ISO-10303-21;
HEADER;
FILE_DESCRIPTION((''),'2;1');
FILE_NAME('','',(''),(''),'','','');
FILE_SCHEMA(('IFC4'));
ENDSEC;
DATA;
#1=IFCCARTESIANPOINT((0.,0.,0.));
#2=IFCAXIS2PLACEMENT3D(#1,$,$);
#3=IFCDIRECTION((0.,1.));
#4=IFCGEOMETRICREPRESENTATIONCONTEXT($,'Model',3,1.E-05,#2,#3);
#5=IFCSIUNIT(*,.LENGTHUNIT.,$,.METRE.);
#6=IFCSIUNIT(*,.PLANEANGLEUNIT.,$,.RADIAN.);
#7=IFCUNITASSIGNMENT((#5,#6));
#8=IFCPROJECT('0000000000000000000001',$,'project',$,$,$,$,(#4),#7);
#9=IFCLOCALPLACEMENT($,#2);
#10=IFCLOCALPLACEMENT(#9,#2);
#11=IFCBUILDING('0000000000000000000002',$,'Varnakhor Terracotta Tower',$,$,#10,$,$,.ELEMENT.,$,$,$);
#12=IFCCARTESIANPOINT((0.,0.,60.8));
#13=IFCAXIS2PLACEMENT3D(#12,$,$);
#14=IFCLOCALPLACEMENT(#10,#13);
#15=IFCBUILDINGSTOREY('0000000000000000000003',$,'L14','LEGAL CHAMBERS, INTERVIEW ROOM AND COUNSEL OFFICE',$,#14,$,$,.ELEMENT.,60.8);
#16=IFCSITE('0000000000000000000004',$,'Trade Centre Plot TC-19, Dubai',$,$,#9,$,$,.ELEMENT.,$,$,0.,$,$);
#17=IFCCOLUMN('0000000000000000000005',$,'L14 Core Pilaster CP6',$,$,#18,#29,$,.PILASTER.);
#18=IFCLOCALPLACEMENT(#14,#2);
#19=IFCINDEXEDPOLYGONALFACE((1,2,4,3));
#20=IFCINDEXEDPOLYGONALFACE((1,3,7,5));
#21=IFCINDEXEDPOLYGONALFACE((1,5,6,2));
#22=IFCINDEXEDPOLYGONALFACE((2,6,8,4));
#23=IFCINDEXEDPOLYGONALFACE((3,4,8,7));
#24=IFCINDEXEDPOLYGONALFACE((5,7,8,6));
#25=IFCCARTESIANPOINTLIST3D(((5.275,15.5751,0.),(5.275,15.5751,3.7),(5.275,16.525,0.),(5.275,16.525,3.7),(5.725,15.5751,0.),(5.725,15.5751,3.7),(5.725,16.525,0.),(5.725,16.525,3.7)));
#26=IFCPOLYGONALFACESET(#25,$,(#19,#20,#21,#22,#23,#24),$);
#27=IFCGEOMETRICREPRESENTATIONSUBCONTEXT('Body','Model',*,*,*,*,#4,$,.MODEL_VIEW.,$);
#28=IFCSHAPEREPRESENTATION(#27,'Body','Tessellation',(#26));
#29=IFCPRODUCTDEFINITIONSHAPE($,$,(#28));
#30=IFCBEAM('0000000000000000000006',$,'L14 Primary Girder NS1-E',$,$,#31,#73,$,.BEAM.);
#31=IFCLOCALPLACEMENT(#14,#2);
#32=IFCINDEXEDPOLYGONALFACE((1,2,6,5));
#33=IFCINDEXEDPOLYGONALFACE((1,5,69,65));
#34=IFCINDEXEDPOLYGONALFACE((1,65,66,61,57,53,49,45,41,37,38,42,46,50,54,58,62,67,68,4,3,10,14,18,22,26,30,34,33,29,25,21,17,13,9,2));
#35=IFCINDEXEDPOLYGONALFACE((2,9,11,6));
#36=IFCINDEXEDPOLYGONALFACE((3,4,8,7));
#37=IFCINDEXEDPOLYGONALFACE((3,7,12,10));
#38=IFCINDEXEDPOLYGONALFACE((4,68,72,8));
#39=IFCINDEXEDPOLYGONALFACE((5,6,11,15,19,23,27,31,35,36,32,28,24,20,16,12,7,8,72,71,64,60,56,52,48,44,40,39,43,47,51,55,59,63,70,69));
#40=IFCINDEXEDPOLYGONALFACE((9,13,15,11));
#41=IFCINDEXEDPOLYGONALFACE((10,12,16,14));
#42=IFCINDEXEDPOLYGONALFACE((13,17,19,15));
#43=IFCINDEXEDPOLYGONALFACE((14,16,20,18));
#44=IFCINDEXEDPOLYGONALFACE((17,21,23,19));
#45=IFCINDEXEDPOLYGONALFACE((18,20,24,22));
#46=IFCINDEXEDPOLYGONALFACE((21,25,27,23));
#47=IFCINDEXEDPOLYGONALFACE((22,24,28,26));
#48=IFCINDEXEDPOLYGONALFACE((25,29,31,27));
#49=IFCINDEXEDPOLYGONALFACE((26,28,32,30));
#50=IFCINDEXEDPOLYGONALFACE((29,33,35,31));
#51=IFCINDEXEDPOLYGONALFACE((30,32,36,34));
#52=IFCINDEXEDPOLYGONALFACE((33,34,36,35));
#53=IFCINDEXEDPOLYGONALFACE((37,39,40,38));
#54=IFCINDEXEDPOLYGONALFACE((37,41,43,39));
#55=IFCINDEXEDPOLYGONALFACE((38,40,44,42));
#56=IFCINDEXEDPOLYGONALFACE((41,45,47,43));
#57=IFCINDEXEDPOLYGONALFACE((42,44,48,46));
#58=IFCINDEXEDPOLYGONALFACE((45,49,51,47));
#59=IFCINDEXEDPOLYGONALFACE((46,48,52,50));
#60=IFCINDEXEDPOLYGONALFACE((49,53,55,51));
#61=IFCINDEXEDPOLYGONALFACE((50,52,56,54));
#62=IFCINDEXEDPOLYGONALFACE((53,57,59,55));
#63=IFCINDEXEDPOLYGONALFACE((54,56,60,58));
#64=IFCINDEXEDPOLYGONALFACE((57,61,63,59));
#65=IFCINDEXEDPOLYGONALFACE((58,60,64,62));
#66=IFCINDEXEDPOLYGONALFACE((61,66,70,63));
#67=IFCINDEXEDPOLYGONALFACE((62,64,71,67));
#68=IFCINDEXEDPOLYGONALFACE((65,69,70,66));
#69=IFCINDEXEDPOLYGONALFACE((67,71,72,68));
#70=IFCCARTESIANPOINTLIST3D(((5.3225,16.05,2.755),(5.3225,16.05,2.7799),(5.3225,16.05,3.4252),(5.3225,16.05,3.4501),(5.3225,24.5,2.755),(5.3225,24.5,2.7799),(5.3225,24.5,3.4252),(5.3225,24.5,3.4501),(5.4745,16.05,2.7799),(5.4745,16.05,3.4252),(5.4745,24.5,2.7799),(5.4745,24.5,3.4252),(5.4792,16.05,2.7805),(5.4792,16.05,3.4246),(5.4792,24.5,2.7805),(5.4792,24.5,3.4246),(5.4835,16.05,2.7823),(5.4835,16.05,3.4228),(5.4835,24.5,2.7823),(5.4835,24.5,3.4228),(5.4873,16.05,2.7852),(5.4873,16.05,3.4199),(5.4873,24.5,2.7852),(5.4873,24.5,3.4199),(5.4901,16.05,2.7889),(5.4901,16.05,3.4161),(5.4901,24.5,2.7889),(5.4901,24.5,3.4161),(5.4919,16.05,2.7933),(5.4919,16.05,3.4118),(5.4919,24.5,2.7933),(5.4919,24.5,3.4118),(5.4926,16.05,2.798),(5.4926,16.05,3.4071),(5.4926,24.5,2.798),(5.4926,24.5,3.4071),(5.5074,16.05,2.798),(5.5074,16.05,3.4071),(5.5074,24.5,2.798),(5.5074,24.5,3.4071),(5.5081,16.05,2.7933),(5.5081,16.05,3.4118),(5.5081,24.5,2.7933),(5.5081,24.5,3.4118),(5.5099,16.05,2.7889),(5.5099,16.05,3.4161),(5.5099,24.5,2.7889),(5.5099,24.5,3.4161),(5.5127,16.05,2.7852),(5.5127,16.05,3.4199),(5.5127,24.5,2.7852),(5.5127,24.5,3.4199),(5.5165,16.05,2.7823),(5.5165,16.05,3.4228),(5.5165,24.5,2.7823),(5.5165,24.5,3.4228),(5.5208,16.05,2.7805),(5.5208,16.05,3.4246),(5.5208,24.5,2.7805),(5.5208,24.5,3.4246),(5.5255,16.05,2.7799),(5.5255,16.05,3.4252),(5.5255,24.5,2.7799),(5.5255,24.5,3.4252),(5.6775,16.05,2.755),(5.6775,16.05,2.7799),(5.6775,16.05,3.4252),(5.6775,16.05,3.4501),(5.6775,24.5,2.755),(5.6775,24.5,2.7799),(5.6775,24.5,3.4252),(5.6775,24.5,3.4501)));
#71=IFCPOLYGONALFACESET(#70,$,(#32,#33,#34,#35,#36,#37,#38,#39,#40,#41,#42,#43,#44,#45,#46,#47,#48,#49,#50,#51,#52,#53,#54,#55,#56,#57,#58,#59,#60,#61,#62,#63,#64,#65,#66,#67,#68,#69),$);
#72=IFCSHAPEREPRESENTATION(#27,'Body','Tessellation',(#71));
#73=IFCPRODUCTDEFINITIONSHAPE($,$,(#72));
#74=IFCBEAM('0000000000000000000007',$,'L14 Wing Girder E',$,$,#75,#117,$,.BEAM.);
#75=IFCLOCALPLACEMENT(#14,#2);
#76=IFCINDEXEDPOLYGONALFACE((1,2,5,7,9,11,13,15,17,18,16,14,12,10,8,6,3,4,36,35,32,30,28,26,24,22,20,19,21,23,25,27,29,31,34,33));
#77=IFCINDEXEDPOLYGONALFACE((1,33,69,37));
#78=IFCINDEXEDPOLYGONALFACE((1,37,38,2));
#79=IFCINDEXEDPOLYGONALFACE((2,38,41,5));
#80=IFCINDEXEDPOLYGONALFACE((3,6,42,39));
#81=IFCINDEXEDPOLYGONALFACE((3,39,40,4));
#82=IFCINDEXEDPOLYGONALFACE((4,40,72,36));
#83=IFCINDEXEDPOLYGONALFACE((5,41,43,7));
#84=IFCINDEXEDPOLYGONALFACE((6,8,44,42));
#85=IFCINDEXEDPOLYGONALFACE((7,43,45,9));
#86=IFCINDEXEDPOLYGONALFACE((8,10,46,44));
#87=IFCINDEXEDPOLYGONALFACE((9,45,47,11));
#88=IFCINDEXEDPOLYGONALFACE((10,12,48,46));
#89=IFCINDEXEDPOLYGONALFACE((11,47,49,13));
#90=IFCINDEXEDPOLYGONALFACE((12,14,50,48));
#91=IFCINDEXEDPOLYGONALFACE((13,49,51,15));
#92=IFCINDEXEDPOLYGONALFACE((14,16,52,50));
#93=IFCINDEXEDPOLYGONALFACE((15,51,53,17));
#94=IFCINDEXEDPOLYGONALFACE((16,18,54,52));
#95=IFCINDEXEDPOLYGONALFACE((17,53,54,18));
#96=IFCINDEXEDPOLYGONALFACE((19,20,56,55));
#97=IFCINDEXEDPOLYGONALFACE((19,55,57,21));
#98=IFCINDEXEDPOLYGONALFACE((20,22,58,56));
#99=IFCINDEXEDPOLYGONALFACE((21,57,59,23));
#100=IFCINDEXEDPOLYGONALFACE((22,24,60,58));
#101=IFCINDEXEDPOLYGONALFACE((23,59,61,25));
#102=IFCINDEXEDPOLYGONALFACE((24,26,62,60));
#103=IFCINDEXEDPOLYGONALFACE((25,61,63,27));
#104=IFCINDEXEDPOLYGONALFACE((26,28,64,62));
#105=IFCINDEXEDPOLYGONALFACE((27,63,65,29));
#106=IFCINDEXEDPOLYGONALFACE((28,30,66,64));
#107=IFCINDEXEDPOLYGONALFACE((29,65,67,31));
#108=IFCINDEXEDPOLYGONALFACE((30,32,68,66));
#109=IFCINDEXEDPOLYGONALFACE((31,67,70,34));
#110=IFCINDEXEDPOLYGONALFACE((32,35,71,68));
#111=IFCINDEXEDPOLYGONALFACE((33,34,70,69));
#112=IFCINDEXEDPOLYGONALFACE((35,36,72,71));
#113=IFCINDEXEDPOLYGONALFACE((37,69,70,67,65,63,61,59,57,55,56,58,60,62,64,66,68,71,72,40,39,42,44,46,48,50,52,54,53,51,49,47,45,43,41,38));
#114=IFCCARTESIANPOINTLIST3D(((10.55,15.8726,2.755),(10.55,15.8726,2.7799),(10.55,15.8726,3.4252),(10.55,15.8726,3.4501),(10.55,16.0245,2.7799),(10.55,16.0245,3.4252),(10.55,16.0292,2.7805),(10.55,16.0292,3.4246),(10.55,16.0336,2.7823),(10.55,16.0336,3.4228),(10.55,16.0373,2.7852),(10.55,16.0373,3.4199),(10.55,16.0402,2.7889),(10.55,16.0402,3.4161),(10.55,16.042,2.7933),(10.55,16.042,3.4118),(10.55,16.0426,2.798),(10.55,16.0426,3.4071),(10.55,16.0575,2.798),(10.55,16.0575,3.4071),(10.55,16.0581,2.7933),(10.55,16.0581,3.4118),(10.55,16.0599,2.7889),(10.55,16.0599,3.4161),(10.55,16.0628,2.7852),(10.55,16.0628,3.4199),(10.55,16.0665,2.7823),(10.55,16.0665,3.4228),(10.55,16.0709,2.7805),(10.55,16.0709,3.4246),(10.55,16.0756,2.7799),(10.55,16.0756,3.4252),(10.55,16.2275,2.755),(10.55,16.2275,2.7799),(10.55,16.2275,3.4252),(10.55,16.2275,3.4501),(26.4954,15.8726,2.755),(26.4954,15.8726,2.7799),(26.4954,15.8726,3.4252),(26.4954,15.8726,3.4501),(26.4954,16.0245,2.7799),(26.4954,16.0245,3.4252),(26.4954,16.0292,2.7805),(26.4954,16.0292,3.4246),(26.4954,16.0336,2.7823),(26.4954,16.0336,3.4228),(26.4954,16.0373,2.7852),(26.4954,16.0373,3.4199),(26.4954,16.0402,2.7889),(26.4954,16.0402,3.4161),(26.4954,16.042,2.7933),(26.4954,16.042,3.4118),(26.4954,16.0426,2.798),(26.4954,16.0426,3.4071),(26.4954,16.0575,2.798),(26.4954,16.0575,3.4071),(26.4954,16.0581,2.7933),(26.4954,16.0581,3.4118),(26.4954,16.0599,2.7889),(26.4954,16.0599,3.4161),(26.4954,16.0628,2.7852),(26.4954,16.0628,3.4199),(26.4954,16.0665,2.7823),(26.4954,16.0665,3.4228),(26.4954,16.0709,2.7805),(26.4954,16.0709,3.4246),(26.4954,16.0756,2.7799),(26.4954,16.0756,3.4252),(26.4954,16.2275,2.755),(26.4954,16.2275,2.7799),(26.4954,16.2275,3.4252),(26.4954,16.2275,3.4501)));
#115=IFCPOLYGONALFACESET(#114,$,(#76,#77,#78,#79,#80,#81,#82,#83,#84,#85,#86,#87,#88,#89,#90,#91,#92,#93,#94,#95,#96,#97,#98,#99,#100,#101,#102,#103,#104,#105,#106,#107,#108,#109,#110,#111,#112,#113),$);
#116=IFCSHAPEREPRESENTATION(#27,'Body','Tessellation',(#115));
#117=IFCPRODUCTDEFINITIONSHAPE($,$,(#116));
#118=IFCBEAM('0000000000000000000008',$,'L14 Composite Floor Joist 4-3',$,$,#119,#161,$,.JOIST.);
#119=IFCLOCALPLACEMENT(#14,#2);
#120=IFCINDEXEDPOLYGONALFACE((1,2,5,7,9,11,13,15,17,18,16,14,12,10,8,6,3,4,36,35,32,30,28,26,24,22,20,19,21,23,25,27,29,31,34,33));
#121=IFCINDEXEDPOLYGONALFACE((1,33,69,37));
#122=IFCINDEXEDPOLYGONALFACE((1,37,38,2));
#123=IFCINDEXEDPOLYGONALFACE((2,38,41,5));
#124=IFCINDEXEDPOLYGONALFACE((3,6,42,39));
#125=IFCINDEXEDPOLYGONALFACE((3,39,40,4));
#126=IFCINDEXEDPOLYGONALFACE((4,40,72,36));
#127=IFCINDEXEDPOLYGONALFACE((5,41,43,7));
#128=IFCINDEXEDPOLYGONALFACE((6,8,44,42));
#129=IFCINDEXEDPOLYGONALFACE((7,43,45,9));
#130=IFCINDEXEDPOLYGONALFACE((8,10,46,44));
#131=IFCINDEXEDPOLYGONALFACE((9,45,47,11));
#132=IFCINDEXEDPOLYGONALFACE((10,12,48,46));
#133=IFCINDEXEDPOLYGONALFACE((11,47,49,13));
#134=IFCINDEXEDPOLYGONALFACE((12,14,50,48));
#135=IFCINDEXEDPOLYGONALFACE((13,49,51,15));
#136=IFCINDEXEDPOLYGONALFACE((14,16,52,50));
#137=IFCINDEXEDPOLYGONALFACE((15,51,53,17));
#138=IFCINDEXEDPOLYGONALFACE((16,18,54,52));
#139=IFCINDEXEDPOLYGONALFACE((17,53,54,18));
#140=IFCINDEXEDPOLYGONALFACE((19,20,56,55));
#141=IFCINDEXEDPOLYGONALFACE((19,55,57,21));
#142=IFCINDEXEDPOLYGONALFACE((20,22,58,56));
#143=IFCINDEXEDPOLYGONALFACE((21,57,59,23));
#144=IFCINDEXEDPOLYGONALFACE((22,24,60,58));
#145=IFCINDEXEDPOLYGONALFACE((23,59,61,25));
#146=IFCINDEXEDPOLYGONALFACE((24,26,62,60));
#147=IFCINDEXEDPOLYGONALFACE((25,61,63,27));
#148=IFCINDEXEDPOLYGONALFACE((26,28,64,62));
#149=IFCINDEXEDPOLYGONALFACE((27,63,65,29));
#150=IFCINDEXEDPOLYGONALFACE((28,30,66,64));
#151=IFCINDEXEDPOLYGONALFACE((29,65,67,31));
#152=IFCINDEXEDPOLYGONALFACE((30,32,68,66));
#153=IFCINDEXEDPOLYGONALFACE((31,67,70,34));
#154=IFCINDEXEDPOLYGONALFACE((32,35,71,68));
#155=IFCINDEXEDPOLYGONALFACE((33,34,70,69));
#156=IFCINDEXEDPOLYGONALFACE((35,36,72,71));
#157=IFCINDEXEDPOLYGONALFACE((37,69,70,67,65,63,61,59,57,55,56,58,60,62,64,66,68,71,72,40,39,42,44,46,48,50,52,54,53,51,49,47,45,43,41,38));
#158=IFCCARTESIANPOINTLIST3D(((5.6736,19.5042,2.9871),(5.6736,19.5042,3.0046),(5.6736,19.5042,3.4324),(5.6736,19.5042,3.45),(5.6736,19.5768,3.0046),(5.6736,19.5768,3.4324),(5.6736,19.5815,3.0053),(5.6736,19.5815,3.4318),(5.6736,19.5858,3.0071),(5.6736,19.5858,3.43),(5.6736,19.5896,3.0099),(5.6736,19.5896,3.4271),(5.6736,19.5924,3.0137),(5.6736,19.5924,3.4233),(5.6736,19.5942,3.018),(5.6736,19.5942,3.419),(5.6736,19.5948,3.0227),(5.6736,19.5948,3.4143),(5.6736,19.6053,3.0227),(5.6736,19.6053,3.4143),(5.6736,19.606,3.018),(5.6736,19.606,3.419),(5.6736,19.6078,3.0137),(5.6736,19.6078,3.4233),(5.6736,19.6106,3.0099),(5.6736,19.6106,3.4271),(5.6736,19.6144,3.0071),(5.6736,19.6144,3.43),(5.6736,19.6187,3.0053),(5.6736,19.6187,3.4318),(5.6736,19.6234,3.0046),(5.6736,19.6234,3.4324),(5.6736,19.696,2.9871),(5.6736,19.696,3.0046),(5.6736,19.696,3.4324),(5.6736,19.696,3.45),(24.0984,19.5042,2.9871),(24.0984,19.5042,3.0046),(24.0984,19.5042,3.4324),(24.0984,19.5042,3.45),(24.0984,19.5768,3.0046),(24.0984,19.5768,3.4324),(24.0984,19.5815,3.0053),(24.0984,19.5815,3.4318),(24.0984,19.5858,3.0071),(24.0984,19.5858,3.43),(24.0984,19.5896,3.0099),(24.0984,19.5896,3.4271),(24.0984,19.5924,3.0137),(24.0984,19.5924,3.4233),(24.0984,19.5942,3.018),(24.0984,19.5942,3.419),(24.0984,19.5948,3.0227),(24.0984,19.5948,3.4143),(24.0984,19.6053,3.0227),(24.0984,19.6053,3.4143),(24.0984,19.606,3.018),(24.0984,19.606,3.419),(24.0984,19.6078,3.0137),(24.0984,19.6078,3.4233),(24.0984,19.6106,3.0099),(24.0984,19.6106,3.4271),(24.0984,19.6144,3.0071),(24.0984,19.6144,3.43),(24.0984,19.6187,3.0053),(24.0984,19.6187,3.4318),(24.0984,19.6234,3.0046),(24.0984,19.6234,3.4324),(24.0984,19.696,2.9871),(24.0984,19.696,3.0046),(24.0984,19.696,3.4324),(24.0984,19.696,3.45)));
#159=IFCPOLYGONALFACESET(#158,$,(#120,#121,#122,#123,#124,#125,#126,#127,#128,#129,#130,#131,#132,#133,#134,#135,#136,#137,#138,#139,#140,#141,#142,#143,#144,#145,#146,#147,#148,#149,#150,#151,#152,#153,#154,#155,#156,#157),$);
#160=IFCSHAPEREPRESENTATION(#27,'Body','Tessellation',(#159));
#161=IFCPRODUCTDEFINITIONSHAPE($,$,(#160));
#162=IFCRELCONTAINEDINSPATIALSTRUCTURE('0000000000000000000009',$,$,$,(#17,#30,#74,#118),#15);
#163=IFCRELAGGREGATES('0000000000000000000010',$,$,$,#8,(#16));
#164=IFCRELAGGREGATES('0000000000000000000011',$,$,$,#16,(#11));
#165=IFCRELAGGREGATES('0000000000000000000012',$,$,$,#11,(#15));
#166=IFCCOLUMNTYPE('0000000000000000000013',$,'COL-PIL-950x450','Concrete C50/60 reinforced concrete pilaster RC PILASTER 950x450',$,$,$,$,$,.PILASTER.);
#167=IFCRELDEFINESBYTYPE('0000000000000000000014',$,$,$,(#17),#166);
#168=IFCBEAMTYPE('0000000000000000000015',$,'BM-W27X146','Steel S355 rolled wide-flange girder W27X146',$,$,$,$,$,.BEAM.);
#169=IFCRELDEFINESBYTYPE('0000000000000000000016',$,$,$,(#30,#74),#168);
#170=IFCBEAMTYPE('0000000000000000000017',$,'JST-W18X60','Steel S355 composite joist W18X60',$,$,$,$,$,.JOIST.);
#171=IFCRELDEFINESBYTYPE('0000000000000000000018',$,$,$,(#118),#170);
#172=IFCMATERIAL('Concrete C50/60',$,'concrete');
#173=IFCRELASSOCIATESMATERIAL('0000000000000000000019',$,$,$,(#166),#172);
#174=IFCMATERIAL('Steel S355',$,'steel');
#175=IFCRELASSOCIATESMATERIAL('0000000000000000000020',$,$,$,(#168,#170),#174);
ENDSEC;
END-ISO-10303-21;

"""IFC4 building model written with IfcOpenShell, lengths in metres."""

from ifc_helpers import new_model, si_unit, direction, frame, origin, origin_2d, place, context, subcontext, project, spatial, rectangle, i_section, extrude, source, transform, mapped, material, material_profile, profile_set, type_object, type_shapes, element, save


model = new_model("IFC4")

# Units and contexts
model_context = context("Model", 3, precision=1e-05, world=origin(), true_north=direction((0.0, 1.0)))
body_context = subcontext(model_context, "Body", "Model", "MODEL_VIEW")
ifc_project = project(units=[si_unit("LENGTHUNIT", "METRE"), si_unit("PLANEANGLEUNIT", "RADIAN")], contexts=[model_context])

# Site, building, storey
site_placement = place(None, origin())
site = spatial("IfcSite", under=ifc_project, at=site_placement, Name="Trade Centre Plot TC-19, Dubai", CompositionType="ELEMENT", RefElevation=0.0)
building_placement = place(site_placement, origin())
building = spatial("IfcBuilding", under=site, at=building_placement, Name="Varnakhor Terracotta Tower", CompositionType="ELEMENT")
storey_placement = place(building_placement, frame((0.0, 0.0, 60.8)))
storey = spatial("IfcBuildingStorey", under=building, at=storey_placement, Name="L14", Description="LEGAL CHAMBERS, INTERVIEW ROOM AND COUNSEL OFFICE", CompositionType="ELEMENT", Elevation=60.8)

# Column
ifc_material_1 = material(Name="Concrete C50/60", Category="concrete")
ifc_material_profile_1 = material_profile(ifc_material_1, rectangle(XDim=0.45, YDim=0.95, at=origin_2d()), Name="RC PILASTER 950x450")
ifc_profile_set_1 = profile_set([ifc_material_profile_1], Name="Concrete C50/60")
column_type = type_object("IfcColumnType", Name="COL-PIL-950x450", Description="Concrete C50/60 reinforced concrete pilaster RC PILASTER 950x450", PredefinedType="PILASTER", material=ifc_profile_set_1)
shared_shape_1 = source(origin(), body_context, "Body", "SweptSolid", [
    extrude(rectangle(XDim=0.45, YDim=0.95, at=origin_2d()), origin(), (0.0, 0.0, 1.0), 3.7),
])
column_placement = place(storey_placement, frame((5.5, 16.05, 0.0), z_axis=(0.0, 0.0, 1.0), x_axis=(1.0, 0.0, 0.0)))
element("IfcColumn", 1, at=column_placement, inside=storey, type_object=column_type, Name="L14 Core Pilaster CP6", PredefinedType="PILASTER", context=body_context, shape_type="MappedRepresentation", body=[
    mapped(shared_shape_1, transform((0.0, 0.0, 0.0), scale=1.0)),
])

# Beams
ifc_material_2 = material(Name="Steel S355", Category="steel")
ifc_material_profile_2 = material_profile(ifc_material_2, i_section(OverallWidth=0.355, OverallDepth=0.6951, WebThickness=0.0149, FlangeThickness=0.0249, FilletRadius=0.0181, at=origin_2d()), Name="W27X146")
ifc_profile_set_2 = profile_set([ifc_material_profile_2], Name="Steel S355")
beam_type_1 = type_object("IfcBeamType", Name="BM-W27X146", Description="Steel S355 rolled wide-flange girder W27X146", PredefinedType="BEAM", material=ifc_profile_set_2)
shared_shape_2 = source(origin(), body_context, "Body", "SweptSolid", [
    extrude(i_section(OverallWidth=0.355, OverallDepth=0.6951, WebThickness=0.0149, FlangeThickness=0.0249, FilletRadius=0.0181, at=origin_2d()), origin(), (0.0, 0.0, 1.0), 8.45),
])
type_shapes(beam_type_1, [shared_shape_2])
beam_1_placement = place(storey_placement, frame((5.5, 16.05, 3.1025), z_axis=(0.0, 1.0, 0.0), x_axis=(-1.0, 0.0, 0.0)))
element("IfcBeam", 2, at=beam_1_placement, inside=storey, type_object=beam_type_1, Name="L14 Primary Girder NS1-E", PredefinedType="BEAM", context=body_context, shape_type="MappedRepresentation", body=[
    mapped(shared_shape_2, transform((0.0, 0.0, 0.0), scale=1.0)),
])
shared_shape_3 = source(origin(), body_context, "Body", "SweptSolid", [
    extrude(i_section(OverallWidth=0.355, OverallDepth=0.6951, WebThickness=0.0149, FlangeThickness=0.0249, FilletRadius=0.0181, at=origin_2d()), origin(), (0.0, 0.0, 1.0), 15.9453),
])
beam_2_placement = place(storey_placement, frame((10.55, 16.05, 3.1025), z_axis=(1.0, 0.0, 0.0), x_axis=(0.0, 1.0, 0.0)))
element("IfcBeam", 3, at=beam_2_placement, inside=storey, type_object=beam_type_1, Name="L14 Wing Girder E", PredefinedType="BEAM", context=body_context, shape_type="MappedRepresentation", body=[
    mapped(shared_shape_3, transform((0.0, 0.0, 0.0), scale=1.0)),
])
ifc_material_profile_3 = material_profile(ifc_material_2, i_section(OverallWidth=0.1919, OverallDepth=0.4629, WebThickness=0.0105, FlangeThickness=0.0176, FilletRadius=0.0181, at=origin_2d()), Name="W18X60")
ifc_profile_set_3 = profile_set([ifc_material_profile_3], Name="Steel S355")
beam_type_2 = type_object("IfcBeamType", Name="JST-W18X60", Description="Steel S355 composite joist W18X60", PredefinedType="JOIST", material=ifc_profile_set_3)
shared_shape_4 = source(origin(), body_context, "Body", "SweptSolid", [
    extrude(i_section(OverallWidth=0.1919, OverallDepth=0.4629, WebThickness=0.0105, FlangeThickness=0.0176, FilletRadius=0.0181, at=origin_2d()), origin(), (0.0, 0.0, 1.0), 18.4248),
])
beam_3_placement = place(storey_placement, frame((5.6736, 19.6001, 3.2185), z_axis=(1.0, 0.0, 0.0), x_axis=(0.0, 1.0, 0.0)))
element("IfcBeam", 4, at=beam_3_placement, inside=storey, type_object=beam_type_2, Name="L14 Composite Floor Joist 4-3", PredefinedType="JOIST", context=body_context, shape_type="MappedRepresentation", body=[
    mapped(shared_shape_4, transform((0.0, 0.0, 0.0), scale=1.0)),
])

save(model, "model.ifc")
